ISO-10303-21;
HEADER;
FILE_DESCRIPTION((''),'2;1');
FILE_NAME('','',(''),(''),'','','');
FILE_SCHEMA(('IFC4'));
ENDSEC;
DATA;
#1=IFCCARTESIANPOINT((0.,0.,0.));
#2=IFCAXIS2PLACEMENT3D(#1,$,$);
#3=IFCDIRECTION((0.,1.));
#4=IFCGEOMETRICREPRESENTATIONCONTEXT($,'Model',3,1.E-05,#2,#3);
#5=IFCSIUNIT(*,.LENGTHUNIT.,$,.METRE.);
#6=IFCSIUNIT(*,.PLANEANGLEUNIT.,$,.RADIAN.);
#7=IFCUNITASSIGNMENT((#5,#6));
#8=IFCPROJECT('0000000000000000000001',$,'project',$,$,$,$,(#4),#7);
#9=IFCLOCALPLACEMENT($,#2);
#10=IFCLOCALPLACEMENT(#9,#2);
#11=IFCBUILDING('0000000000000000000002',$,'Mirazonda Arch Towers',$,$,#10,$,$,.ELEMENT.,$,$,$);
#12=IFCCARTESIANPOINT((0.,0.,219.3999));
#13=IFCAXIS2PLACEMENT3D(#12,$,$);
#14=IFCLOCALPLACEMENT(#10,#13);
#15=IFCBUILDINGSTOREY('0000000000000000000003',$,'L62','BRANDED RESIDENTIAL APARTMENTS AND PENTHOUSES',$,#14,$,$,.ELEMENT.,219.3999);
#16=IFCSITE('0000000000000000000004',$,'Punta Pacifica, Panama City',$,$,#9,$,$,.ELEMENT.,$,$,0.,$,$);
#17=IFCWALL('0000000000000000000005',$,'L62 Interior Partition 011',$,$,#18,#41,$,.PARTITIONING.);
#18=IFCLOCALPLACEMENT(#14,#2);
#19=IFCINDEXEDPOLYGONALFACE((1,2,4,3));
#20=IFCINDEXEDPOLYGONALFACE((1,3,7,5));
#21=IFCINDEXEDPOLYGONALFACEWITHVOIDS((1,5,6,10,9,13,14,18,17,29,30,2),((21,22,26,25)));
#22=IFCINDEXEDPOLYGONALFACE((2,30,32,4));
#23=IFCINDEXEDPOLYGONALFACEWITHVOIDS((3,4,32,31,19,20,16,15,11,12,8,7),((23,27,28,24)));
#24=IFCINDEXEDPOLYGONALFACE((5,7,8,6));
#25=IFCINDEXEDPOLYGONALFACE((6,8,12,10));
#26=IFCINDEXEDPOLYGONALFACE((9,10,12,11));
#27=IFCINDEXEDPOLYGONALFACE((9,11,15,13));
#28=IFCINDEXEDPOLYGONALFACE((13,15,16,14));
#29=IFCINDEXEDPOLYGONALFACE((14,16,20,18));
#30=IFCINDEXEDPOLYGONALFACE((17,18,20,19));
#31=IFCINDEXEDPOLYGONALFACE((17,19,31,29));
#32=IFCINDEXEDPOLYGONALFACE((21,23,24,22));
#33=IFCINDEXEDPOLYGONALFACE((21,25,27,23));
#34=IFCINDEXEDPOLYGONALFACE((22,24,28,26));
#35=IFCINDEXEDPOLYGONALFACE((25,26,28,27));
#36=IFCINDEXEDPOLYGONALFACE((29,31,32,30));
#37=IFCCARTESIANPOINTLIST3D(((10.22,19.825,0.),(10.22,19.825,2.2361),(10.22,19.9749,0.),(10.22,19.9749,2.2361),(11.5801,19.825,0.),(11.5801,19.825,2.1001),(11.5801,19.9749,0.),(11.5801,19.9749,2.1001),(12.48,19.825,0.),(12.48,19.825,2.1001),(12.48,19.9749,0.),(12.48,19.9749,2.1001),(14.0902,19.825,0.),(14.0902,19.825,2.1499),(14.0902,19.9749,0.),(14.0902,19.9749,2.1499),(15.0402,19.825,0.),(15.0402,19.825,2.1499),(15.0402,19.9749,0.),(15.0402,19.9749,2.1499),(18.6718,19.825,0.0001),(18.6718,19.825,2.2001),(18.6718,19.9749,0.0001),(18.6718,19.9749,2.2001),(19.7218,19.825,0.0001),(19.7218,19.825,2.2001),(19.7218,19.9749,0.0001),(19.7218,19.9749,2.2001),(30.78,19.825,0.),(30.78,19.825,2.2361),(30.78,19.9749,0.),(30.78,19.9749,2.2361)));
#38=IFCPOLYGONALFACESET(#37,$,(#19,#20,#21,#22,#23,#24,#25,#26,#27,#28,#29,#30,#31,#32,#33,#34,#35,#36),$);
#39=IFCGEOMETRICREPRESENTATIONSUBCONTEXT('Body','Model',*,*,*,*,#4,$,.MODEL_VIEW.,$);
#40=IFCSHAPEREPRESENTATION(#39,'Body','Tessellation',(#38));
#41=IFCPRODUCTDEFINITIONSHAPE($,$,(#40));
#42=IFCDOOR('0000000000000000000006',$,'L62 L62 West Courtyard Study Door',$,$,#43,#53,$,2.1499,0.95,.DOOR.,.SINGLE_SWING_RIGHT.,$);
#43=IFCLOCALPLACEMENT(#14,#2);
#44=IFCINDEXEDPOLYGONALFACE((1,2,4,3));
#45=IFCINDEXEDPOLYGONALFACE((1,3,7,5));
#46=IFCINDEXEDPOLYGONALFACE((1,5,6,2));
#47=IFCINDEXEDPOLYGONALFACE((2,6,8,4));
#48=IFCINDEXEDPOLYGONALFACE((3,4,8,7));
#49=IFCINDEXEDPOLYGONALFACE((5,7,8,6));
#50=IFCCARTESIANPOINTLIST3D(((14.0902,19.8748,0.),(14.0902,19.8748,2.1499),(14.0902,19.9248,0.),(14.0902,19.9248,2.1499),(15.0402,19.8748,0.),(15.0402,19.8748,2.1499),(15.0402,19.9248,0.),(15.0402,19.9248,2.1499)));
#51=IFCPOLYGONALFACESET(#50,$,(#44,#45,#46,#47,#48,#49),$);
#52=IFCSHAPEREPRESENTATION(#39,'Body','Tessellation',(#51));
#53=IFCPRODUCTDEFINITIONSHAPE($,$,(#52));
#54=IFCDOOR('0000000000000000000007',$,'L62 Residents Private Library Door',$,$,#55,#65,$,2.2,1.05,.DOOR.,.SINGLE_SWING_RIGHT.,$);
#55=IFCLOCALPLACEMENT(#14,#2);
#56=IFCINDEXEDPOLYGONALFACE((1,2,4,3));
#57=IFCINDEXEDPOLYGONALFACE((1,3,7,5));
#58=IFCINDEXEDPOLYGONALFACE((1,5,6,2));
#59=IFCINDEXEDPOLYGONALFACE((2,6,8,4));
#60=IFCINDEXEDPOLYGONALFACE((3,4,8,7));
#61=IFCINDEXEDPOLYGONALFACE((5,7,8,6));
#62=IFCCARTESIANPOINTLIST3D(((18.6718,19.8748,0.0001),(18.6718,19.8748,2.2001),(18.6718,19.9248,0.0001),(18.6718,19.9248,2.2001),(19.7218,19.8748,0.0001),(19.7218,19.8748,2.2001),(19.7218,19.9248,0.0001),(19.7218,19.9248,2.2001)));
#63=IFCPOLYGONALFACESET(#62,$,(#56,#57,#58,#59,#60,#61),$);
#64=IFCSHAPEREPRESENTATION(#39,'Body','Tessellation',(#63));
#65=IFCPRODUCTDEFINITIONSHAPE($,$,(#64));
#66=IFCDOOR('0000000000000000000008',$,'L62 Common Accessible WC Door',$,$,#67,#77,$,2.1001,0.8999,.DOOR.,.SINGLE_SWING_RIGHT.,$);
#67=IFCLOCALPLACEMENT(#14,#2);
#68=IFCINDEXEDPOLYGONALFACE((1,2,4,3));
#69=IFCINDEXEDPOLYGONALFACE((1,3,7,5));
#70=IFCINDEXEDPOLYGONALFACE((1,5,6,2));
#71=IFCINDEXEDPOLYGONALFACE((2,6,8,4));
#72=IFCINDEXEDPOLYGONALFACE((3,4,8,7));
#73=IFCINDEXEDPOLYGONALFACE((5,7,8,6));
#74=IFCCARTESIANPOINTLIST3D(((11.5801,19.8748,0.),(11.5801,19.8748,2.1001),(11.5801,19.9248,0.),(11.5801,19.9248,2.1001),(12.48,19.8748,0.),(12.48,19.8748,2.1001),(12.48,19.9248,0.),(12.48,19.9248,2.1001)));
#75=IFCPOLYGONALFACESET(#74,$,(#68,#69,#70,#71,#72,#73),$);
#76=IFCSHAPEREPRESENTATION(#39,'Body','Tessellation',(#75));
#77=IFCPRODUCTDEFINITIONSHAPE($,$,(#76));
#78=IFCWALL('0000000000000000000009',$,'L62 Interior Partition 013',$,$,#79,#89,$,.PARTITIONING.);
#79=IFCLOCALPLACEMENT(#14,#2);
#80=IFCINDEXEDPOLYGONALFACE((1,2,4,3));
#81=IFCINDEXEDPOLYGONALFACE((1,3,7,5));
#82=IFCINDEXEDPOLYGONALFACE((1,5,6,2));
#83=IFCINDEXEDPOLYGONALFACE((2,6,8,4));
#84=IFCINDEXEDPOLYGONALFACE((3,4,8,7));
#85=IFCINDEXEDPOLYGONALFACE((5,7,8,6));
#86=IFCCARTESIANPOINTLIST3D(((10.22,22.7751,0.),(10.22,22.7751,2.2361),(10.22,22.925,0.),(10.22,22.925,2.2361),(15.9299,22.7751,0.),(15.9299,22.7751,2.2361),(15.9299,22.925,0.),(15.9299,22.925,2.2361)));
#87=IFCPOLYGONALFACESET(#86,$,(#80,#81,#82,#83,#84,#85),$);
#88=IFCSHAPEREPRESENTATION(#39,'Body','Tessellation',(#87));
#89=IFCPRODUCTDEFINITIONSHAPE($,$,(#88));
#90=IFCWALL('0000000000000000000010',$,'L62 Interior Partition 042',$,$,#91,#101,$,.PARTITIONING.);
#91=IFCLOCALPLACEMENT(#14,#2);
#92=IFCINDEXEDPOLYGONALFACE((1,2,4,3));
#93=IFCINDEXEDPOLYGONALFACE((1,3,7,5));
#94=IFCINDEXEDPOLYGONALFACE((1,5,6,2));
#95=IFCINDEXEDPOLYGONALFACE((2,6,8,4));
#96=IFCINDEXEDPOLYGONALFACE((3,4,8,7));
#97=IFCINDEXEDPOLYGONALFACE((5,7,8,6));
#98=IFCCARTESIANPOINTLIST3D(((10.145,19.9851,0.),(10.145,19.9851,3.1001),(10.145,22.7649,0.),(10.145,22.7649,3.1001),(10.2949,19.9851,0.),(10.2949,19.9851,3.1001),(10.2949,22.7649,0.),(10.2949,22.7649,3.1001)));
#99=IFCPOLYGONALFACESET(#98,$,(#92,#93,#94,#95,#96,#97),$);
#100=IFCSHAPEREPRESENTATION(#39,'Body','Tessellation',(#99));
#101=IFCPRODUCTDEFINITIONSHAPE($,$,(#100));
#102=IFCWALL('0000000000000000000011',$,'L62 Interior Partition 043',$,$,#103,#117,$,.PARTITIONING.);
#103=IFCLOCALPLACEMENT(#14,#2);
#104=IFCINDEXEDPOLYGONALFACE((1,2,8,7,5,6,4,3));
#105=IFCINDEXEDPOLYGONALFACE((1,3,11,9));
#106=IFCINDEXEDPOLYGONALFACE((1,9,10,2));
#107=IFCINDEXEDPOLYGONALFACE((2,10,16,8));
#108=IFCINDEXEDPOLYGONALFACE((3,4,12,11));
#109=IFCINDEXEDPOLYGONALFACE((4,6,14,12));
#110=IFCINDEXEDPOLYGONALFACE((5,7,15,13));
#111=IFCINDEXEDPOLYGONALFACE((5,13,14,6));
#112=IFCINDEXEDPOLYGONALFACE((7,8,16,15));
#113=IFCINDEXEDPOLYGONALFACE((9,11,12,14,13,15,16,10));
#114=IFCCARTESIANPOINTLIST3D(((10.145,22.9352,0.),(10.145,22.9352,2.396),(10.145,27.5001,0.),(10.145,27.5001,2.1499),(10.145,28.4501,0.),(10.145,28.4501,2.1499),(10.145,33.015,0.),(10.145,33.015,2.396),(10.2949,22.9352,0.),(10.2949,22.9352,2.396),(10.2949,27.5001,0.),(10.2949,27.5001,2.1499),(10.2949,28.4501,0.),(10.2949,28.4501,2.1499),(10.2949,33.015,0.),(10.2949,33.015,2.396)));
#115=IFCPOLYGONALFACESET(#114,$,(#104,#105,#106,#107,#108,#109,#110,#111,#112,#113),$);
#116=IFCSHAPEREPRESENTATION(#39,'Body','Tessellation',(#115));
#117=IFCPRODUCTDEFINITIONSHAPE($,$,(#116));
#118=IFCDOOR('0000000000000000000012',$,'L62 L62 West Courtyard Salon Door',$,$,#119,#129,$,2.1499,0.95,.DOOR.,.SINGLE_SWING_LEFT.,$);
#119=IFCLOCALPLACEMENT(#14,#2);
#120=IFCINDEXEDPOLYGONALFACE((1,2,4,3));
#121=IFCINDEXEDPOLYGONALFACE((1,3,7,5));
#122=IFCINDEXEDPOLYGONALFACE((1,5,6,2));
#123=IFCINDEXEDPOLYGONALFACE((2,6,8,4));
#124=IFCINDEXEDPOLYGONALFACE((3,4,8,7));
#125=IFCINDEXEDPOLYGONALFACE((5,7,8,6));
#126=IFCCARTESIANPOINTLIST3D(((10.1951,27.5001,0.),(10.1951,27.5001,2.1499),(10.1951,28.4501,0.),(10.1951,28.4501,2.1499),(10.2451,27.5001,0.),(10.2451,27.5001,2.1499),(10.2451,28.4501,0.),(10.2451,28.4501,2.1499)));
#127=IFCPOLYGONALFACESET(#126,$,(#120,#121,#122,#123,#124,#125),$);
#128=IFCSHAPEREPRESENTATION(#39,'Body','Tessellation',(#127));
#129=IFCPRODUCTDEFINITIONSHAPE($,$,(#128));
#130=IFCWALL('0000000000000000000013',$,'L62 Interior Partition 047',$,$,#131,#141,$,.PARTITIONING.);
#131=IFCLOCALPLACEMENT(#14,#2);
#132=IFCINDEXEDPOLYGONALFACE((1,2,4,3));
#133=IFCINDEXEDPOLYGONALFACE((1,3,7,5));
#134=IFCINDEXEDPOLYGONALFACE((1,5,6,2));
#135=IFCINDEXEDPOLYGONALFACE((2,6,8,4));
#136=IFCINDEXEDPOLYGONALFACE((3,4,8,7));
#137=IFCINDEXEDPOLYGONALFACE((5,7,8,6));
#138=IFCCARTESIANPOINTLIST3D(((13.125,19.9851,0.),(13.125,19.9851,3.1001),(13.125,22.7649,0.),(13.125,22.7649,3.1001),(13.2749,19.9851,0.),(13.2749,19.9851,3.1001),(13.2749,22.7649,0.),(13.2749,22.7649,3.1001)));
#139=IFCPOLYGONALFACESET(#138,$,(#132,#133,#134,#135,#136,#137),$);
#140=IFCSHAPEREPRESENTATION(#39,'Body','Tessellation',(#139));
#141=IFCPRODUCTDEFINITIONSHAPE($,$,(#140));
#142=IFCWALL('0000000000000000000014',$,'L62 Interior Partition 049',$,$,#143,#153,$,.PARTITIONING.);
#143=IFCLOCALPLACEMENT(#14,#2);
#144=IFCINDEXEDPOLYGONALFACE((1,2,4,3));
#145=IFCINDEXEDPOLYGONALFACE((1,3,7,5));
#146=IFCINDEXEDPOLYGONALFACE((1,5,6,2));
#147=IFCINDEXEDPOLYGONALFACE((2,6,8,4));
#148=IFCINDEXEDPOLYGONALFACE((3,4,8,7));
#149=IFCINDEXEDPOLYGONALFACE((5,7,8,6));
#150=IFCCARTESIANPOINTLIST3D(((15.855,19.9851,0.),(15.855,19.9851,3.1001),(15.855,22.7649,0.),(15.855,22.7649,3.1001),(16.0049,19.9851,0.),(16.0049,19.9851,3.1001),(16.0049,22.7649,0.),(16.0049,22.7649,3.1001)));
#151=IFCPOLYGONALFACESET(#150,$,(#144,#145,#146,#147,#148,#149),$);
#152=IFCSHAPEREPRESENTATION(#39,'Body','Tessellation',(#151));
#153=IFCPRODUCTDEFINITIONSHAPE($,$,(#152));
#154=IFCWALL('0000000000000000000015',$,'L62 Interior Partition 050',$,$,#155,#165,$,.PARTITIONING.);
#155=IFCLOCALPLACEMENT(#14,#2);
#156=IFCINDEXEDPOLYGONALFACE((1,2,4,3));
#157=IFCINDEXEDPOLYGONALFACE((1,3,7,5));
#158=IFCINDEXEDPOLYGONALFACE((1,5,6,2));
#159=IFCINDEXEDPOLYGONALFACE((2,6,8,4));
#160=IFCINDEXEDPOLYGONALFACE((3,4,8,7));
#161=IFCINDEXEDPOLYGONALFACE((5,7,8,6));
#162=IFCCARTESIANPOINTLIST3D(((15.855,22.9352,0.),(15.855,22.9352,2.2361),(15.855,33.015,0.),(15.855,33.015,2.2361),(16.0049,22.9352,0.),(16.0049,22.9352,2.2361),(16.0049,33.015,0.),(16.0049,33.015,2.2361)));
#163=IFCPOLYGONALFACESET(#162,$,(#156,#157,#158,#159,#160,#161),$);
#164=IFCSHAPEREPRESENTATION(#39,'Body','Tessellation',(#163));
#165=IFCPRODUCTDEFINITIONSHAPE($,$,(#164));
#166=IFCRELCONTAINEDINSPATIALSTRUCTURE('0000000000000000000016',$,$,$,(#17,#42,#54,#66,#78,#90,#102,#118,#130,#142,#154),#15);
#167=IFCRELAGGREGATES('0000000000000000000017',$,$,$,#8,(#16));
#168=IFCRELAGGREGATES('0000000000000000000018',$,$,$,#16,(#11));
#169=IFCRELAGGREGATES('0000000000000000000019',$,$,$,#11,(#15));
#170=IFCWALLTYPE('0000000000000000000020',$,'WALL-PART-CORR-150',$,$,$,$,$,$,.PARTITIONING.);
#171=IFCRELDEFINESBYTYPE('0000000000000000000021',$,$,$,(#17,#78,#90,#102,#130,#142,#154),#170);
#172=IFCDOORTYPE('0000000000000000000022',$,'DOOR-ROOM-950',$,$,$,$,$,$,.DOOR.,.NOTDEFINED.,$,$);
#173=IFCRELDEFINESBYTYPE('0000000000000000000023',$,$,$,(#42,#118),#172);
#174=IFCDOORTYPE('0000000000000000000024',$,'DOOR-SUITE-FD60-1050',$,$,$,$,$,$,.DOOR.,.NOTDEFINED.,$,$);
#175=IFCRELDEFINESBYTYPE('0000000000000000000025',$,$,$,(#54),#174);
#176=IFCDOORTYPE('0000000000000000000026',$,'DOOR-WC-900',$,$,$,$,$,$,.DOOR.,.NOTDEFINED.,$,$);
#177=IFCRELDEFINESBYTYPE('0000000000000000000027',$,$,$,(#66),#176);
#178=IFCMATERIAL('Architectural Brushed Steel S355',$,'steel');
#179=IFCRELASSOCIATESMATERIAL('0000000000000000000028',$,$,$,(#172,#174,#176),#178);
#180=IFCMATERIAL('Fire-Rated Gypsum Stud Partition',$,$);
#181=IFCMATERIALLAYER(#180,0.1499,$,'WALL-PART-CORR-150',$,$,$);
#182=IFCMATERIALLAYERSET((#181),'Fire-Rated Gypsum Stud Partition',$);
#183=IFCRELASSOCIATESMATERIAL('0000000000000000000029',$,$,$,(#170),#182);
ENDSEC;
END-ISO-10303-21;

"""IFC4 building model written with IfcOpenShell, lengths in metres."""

from ifc_helpers import new_model, si_unit, direction, frame, frame_2d, origin, place, context, subcontext, project, spatial, rectangle, extrude, material, layer, layer_set, type_object, element, fill, save


model = new_model("IFC4")

# Units and contexts
model_context = context("Model", 3, precision=1e-05, world=origin(), true_north=direction((0.0, 1.0)))
body_context = subcontext(model_context, "Body", "Model", "MODEL_VIEW")
ifc_project = project(units=[si_unit("LENGTHUNIT", "METRE"), si_unit("PLANEANGLEUNIT", "RADIAN")], contexts=[model_context])

# Site, building, storey
site_placement = place(None, origin())
site = spatial("IfcSite", under=ifc_project, at=site_placement, Name="Punta Pacifica, Panama City", CompositionType="ELEMENT", RefElevation=0.0)
building_placement = place(site_placement, origin())
building = spatial("IfcBuilding", under=site, at=building_placement, Name="Mirazonda Arch Towers", CompositionType="ELEMENT")
storey_placement = place(building_placement, frame((0.0, 0.0, 219.3999)))
storey = spatial("IfcBuildingStorey", under=building, at=storey_placement, Name="L62", Description="BRANDED RESIDENTIAL APARTMENTS AND PENTHOUSES", CompositionType="ELEMENT", Elevation=219.3999)

# Shared definitions
ifc_material_1 = material(Name="Architectural Brushed Steel S355", Category="steel")
door_type_1 = type_object("IfcDoorType", Name="DOOR-ROOM-950", OperationType="NOTDEFINED", PredefinedType="DOOR", material=ifc_material_1)

# Wall, openings, doors
ifc_material_2 = material(Name="Fire-Rated Gypsum Stud Partition")
ifc_layer_1 = layer(ifc_material_2, 0.1499, Name="WALL-PART-CORR-150")
ifc_layer_set_1 = layer_set([ifc_layer_1], Name="Fire-Rated Gypsum Stud Partition")
wall_type_1 = type_object("IfcWallType", Name="WALL-PART-CORR-150", PredefinedType="PARTITIONING", material=ifc_layer_set_1)
wall_1_placement = place(storey_placement, frame((10.22, 19.8999, 0.0), z_axis=(0.0, 0.0, 1.0), x_axis=(1.0, 0.0, 0.0)))
wall_1 = element("IfcWall", 1, at=wall_1_placement, inside=storey, type_object=wall_type_1, Name="L62 Interior Partition 011", PredefinedType="PARTITIONING", context=body_context, shape_type="SweptSolid", body=[
    extrude(rectangle(XDim=20.5601, YDim=0.1499, at=frame_2d((10.28, 0.0))), origin(), (0.0, 0.0, 1.0), 2.2361),
])
opening_1_placement = place(wall_1_placement, frame((1.3601, 0.0, 0.0)))
opening_1 = element("IfcOpeningElement", 2, at=opening_1_placement, cuts=wall_1, PredefinedType="OPENING", context=body_context, shape_type="SweptSolid", body=[
    extrude(rectangle(XDim=0.8999, YDim=2.1001, at=frame_2d((0.45, 1.05))), frame((0.0, 0.085, 0.0), z_axis=(0.0, -1.0, 0.0), x_axis=(1.0, 0.0, 0.0)), (0.0, 0.0, 1.0), 0.1699),
])
opening_2_placement = place(wall_1_placement, frame((3.8701, 0.0, 0.0)))
opening_2 = element("IfcOpeningElement", 3, at=opening_2_placement, cuts=wall_1, PredefinedType="OPENING", context=body_context, shape_type="SweptSolid", body=[
    extrude(rectangle(XDim=0.95, YDim=2.1499, at=frame_2d((0.4751, 1.075))), frame((0.0, 0.085, 0.0), z_axis=(0.0, -1.0, 0.0), x_axis=(1.0, 0.0, 0.0)), (0.0, 0.0, 1.0), 0.1699),
])
opening_3_placement = place(wall_1_placement, frame((8.4519, 0.0, 0.0)))
opening_3 = element("IfcOpeningElement", 4, at=opening_3_placement, cuts=wall_1, PredefinedType="OPENING", context=body_context, shape_type="SweptSolid", body=[
    extrude(rectangle(XDim=1.05, YDim=2.2, at=frame_2d((0.5249, 1.1001))), frame((0.0, 0.085, 0.0), z_axis=(0.0, -1.0, 0.0), x_axis=(1.0, 0.0, 0.0)), (0.0, 0.0, 1.0), 0.1699),
])
door_1_placement = place(opening_2_placement, origin())
door_1 = element("IfcDoor", 5, at=door_1_placement, inside=storey, type_object=door_type_1, Name="L62 L62 West Courtyard Study Door", OperationType="SINGLE_SWING_RIGHT", OverallHeight=2.1499, OverallWidth=0.95, PredefinedType="DOOR", context=body_context, shape_type="SweptSolid", body=[
    extrude(rectangle(XDim=0.95, YDim=2.1499, at=frame_2d((0.4751, 1.075))), frame((0.0, 0.0249, 0.0), z_axis=(0.0, -1.0, 0.0), x_axis=(1.0, 0.0, 0.0)), (0.0, 0.0, 1.0), 0.05),
])
fill(opening_2, door_1)
door_type_2 = type_object("IfcDoorType", Name="DOOR-SUITE-FD60-1050", OperationType="NOTDEFINED", PredefinedType="DOOR", material=ifc_material_1)
door_2_placement = place(opening_3_placement, origin())
door_2 = element("IfcDoor", 6, at=door_2_placement, inside=storey, type_object=door_type_2, Name="L62 Residents Private Library Door", OperationType="SINGLE_SWING_RIGHT", OverallHeight=2.2, OverallWidth=1.05, PredefinedType="DOOR", context=body_context, shape_type="SweptSolid", body=[
    extrude(rectangle(XDim=1.05, YDim=2.2, at=frame_2d((0.5249, 1.1001))), frame((0.0, 0.0249, 0.0), z_axis=(0.0, -1.0, 0.0), x_axis=(1.0, 0.0, 0.0)), (0.0, 0.0, 1.0), 0.05),
])
fill(opening_3, door_2)
door_type_3 = type_object("IfcDoorType", Name="DOOR-WC-900", OperationType="NOTDEFINED", PredefinedType="DOOR", material=ifc_material_1)
door_3_placement = place(opening_1_placement, origin())
door_3 = element("IfcDoor", 7, at=door_3_placement, inside=storey, type_object=door_type_3, Name="L62 Common Accessible WC Door", OperationType="SINGLE_SWING_RIGHT", OverallHeight=2.1001, OverallWidth=0.8999, PredefinedType="DOOR", context=body_context, shape_type="SweptSolid", body=[
    extrude(rectangle(XDim=0.8999, YDim=2.1001, at=frame_2d((0.45, 1.05))), frame((0.0, 0.0249, 0.0), z_axis=(0.0, -1.0, 0.0), x_axis=(1.0, 0.0, 0.0)), (0.0, 0.0, 1.0), 0.05),
])
fill(opening_1, door_3)

# Walls
wall_2_placement = place(storey_placement, frame((10.22, 22.8501, 0.0), z_axis=(0.0, 0.0, 1.0), x_axis=(1.0, 0.0, 0.0)))
element("IfcWall", 8, at=wall_2_placement, inside=storey, type_object=wall_type_1, Name="L62 Interior Partition 013", PredefinedType="PARTITIONING", context=body_context, shape_type="SweptSolid", body=[
    extrude(rectangle(XDim=5.71, YDim=0.1499, at=frame_2d((2.855, 0.0))), origin(), (0.0, 0.0, 1.0), 2.2361),
])
wall_3_placement = place(storey_placement, frame((10.22, 19.9851, 0.0), z_axis=(0.0, 0.0, 1.0), x_axis=(0.0, 1.0, 0.0)))
element("IfcWall", 9, at=wall_3_placement, inside=storey, type_object=wall_type_1, Name="L62 Interior Partition 042", PredefinedType="PARTITIONING", context=body_context, shape_type="SweptSolid", body=[
    extrude(rectangle(XDim=2.7798, YDim=0.1499, at=frame_2d((1.3899, 0.0))), origin(), (0.0, 0.0, 1.0), 3.1001),
])

# Wall, opening, door
wall_4_placement = place(storey_placement, frame((10.22, 22.9351, 0.0), z_axis=(0.0, 0.0, 1.0), x_axis=(0.0, 1.0, 0.0)))
wall_4 = element("IfcWall", 10, at=wall_4_placement, inside=storey, type_object=wall_type_1, Name="L62 Interior Partition 043", PredefinedType="PARTITIONING", context=body_context, shape_type="SweptSolid", body=[
    extrude(rectangle(XDim=10.0798, YDim=0.1499, at=frame_2d((5.04, 0.0))), origin(), (0.0, 0.0, 1.0), 2.396),
])
opening_4_placement = place(wall_4_placement, frame((4.5649, 0.0, 0.0)))
opening_4 = element("IfcOpeningElement", 11, at=opening_4_placement, cuts=wall_4, PredefinedType="OPENING", context=body_context, shape_type="SweptSolid", body=[
    extrude(rectangle(XDim=0.95, YDim=2.1499, at=frame_2d((0.4751, 1.075))), frame((0.0, 0.085, 0.0), z_axis=(0.0, -1.0, 0.0), x_axis=(1.0, 0.0, 0.0)), (0.0, 0.0, 1.0), 0.1699),
])
door_4_placement = place(opening_4_placement, origin())
door_4 = element("IfcDoor", 12, at=door_4_placement, inside=storey, type_object=door_type_1, Name="L62 L62 West Courtyard Salon Door", OperationType="SINGLE_SWING_LEFT", OverallHeight=2.1499, OverallWidth=0.95, PredefinedType="DOOR", context=body_context, shape_type="SweptSolid", body=[
    extrude(rectangle(XDim=0.95, YDim=2.1499, at=frame_2d((0.4751, 1.075))), frame((0.0, 0.0249, 0.0), z_axis=(0.0, -1.0, 0.0), x_axis=(1.0, 0.0, 0.0)), (0.0, 0.0, 1.0), 0.05),
])
fill(opening_4, door_4)

# Walls
for number, where, z_axis, x_axis, name in (
    (13, (13.2, 19.9851, 0.0), (0.0, 0.0, 1.0), (0.0, 1.0, 0.0), "L62 Interior Partition 047"),
    (14, (15.9299, 19.9851, 0.0), (0.0, 0.0, 1.0), (0.0, 1.0, 0.0), "L62 Interior Partition 049"),
):
    element("IfcWall", number, at=place(storey_placement, frame(where, z_axis=z_axis, x_axis=x_axis)), inside=storey, type_object=wall_type_1, Name=name, PredefinedType="PARTITIONING", context=body_context, shape_type="SweptSolid", body=[
        extrude(rectangle(XDim=2.7798, YDim=0.1499, at=frame_2d((1.3899, 0.0))), origin(), (0.0, 0.0, 1.0), 3.1001),
    ])
wall_5_placement = place(storey_placement, frame((15.9299, 22.9351, 0.0), z_axis=(0.0, 0.0, 1.0), x_axis=(0.0, 1.0, 0.0)))
element("IfcWall", 15, at=wall_5_placement, inside=storey, type_object=wall_type_1, Name="L62 Interior Partition 050", PredefinedType="PARTITIONING", context=body_context, shape_type="SweptSolid", body=[
    extrude(rectangle(XDim=10.0798, YDim=0.1499, at=frame_2d((5.04, 0.0))), origin(), (0.0, 0.0, 1.0), 2.2361),
])

save(model, "model.ifc")
